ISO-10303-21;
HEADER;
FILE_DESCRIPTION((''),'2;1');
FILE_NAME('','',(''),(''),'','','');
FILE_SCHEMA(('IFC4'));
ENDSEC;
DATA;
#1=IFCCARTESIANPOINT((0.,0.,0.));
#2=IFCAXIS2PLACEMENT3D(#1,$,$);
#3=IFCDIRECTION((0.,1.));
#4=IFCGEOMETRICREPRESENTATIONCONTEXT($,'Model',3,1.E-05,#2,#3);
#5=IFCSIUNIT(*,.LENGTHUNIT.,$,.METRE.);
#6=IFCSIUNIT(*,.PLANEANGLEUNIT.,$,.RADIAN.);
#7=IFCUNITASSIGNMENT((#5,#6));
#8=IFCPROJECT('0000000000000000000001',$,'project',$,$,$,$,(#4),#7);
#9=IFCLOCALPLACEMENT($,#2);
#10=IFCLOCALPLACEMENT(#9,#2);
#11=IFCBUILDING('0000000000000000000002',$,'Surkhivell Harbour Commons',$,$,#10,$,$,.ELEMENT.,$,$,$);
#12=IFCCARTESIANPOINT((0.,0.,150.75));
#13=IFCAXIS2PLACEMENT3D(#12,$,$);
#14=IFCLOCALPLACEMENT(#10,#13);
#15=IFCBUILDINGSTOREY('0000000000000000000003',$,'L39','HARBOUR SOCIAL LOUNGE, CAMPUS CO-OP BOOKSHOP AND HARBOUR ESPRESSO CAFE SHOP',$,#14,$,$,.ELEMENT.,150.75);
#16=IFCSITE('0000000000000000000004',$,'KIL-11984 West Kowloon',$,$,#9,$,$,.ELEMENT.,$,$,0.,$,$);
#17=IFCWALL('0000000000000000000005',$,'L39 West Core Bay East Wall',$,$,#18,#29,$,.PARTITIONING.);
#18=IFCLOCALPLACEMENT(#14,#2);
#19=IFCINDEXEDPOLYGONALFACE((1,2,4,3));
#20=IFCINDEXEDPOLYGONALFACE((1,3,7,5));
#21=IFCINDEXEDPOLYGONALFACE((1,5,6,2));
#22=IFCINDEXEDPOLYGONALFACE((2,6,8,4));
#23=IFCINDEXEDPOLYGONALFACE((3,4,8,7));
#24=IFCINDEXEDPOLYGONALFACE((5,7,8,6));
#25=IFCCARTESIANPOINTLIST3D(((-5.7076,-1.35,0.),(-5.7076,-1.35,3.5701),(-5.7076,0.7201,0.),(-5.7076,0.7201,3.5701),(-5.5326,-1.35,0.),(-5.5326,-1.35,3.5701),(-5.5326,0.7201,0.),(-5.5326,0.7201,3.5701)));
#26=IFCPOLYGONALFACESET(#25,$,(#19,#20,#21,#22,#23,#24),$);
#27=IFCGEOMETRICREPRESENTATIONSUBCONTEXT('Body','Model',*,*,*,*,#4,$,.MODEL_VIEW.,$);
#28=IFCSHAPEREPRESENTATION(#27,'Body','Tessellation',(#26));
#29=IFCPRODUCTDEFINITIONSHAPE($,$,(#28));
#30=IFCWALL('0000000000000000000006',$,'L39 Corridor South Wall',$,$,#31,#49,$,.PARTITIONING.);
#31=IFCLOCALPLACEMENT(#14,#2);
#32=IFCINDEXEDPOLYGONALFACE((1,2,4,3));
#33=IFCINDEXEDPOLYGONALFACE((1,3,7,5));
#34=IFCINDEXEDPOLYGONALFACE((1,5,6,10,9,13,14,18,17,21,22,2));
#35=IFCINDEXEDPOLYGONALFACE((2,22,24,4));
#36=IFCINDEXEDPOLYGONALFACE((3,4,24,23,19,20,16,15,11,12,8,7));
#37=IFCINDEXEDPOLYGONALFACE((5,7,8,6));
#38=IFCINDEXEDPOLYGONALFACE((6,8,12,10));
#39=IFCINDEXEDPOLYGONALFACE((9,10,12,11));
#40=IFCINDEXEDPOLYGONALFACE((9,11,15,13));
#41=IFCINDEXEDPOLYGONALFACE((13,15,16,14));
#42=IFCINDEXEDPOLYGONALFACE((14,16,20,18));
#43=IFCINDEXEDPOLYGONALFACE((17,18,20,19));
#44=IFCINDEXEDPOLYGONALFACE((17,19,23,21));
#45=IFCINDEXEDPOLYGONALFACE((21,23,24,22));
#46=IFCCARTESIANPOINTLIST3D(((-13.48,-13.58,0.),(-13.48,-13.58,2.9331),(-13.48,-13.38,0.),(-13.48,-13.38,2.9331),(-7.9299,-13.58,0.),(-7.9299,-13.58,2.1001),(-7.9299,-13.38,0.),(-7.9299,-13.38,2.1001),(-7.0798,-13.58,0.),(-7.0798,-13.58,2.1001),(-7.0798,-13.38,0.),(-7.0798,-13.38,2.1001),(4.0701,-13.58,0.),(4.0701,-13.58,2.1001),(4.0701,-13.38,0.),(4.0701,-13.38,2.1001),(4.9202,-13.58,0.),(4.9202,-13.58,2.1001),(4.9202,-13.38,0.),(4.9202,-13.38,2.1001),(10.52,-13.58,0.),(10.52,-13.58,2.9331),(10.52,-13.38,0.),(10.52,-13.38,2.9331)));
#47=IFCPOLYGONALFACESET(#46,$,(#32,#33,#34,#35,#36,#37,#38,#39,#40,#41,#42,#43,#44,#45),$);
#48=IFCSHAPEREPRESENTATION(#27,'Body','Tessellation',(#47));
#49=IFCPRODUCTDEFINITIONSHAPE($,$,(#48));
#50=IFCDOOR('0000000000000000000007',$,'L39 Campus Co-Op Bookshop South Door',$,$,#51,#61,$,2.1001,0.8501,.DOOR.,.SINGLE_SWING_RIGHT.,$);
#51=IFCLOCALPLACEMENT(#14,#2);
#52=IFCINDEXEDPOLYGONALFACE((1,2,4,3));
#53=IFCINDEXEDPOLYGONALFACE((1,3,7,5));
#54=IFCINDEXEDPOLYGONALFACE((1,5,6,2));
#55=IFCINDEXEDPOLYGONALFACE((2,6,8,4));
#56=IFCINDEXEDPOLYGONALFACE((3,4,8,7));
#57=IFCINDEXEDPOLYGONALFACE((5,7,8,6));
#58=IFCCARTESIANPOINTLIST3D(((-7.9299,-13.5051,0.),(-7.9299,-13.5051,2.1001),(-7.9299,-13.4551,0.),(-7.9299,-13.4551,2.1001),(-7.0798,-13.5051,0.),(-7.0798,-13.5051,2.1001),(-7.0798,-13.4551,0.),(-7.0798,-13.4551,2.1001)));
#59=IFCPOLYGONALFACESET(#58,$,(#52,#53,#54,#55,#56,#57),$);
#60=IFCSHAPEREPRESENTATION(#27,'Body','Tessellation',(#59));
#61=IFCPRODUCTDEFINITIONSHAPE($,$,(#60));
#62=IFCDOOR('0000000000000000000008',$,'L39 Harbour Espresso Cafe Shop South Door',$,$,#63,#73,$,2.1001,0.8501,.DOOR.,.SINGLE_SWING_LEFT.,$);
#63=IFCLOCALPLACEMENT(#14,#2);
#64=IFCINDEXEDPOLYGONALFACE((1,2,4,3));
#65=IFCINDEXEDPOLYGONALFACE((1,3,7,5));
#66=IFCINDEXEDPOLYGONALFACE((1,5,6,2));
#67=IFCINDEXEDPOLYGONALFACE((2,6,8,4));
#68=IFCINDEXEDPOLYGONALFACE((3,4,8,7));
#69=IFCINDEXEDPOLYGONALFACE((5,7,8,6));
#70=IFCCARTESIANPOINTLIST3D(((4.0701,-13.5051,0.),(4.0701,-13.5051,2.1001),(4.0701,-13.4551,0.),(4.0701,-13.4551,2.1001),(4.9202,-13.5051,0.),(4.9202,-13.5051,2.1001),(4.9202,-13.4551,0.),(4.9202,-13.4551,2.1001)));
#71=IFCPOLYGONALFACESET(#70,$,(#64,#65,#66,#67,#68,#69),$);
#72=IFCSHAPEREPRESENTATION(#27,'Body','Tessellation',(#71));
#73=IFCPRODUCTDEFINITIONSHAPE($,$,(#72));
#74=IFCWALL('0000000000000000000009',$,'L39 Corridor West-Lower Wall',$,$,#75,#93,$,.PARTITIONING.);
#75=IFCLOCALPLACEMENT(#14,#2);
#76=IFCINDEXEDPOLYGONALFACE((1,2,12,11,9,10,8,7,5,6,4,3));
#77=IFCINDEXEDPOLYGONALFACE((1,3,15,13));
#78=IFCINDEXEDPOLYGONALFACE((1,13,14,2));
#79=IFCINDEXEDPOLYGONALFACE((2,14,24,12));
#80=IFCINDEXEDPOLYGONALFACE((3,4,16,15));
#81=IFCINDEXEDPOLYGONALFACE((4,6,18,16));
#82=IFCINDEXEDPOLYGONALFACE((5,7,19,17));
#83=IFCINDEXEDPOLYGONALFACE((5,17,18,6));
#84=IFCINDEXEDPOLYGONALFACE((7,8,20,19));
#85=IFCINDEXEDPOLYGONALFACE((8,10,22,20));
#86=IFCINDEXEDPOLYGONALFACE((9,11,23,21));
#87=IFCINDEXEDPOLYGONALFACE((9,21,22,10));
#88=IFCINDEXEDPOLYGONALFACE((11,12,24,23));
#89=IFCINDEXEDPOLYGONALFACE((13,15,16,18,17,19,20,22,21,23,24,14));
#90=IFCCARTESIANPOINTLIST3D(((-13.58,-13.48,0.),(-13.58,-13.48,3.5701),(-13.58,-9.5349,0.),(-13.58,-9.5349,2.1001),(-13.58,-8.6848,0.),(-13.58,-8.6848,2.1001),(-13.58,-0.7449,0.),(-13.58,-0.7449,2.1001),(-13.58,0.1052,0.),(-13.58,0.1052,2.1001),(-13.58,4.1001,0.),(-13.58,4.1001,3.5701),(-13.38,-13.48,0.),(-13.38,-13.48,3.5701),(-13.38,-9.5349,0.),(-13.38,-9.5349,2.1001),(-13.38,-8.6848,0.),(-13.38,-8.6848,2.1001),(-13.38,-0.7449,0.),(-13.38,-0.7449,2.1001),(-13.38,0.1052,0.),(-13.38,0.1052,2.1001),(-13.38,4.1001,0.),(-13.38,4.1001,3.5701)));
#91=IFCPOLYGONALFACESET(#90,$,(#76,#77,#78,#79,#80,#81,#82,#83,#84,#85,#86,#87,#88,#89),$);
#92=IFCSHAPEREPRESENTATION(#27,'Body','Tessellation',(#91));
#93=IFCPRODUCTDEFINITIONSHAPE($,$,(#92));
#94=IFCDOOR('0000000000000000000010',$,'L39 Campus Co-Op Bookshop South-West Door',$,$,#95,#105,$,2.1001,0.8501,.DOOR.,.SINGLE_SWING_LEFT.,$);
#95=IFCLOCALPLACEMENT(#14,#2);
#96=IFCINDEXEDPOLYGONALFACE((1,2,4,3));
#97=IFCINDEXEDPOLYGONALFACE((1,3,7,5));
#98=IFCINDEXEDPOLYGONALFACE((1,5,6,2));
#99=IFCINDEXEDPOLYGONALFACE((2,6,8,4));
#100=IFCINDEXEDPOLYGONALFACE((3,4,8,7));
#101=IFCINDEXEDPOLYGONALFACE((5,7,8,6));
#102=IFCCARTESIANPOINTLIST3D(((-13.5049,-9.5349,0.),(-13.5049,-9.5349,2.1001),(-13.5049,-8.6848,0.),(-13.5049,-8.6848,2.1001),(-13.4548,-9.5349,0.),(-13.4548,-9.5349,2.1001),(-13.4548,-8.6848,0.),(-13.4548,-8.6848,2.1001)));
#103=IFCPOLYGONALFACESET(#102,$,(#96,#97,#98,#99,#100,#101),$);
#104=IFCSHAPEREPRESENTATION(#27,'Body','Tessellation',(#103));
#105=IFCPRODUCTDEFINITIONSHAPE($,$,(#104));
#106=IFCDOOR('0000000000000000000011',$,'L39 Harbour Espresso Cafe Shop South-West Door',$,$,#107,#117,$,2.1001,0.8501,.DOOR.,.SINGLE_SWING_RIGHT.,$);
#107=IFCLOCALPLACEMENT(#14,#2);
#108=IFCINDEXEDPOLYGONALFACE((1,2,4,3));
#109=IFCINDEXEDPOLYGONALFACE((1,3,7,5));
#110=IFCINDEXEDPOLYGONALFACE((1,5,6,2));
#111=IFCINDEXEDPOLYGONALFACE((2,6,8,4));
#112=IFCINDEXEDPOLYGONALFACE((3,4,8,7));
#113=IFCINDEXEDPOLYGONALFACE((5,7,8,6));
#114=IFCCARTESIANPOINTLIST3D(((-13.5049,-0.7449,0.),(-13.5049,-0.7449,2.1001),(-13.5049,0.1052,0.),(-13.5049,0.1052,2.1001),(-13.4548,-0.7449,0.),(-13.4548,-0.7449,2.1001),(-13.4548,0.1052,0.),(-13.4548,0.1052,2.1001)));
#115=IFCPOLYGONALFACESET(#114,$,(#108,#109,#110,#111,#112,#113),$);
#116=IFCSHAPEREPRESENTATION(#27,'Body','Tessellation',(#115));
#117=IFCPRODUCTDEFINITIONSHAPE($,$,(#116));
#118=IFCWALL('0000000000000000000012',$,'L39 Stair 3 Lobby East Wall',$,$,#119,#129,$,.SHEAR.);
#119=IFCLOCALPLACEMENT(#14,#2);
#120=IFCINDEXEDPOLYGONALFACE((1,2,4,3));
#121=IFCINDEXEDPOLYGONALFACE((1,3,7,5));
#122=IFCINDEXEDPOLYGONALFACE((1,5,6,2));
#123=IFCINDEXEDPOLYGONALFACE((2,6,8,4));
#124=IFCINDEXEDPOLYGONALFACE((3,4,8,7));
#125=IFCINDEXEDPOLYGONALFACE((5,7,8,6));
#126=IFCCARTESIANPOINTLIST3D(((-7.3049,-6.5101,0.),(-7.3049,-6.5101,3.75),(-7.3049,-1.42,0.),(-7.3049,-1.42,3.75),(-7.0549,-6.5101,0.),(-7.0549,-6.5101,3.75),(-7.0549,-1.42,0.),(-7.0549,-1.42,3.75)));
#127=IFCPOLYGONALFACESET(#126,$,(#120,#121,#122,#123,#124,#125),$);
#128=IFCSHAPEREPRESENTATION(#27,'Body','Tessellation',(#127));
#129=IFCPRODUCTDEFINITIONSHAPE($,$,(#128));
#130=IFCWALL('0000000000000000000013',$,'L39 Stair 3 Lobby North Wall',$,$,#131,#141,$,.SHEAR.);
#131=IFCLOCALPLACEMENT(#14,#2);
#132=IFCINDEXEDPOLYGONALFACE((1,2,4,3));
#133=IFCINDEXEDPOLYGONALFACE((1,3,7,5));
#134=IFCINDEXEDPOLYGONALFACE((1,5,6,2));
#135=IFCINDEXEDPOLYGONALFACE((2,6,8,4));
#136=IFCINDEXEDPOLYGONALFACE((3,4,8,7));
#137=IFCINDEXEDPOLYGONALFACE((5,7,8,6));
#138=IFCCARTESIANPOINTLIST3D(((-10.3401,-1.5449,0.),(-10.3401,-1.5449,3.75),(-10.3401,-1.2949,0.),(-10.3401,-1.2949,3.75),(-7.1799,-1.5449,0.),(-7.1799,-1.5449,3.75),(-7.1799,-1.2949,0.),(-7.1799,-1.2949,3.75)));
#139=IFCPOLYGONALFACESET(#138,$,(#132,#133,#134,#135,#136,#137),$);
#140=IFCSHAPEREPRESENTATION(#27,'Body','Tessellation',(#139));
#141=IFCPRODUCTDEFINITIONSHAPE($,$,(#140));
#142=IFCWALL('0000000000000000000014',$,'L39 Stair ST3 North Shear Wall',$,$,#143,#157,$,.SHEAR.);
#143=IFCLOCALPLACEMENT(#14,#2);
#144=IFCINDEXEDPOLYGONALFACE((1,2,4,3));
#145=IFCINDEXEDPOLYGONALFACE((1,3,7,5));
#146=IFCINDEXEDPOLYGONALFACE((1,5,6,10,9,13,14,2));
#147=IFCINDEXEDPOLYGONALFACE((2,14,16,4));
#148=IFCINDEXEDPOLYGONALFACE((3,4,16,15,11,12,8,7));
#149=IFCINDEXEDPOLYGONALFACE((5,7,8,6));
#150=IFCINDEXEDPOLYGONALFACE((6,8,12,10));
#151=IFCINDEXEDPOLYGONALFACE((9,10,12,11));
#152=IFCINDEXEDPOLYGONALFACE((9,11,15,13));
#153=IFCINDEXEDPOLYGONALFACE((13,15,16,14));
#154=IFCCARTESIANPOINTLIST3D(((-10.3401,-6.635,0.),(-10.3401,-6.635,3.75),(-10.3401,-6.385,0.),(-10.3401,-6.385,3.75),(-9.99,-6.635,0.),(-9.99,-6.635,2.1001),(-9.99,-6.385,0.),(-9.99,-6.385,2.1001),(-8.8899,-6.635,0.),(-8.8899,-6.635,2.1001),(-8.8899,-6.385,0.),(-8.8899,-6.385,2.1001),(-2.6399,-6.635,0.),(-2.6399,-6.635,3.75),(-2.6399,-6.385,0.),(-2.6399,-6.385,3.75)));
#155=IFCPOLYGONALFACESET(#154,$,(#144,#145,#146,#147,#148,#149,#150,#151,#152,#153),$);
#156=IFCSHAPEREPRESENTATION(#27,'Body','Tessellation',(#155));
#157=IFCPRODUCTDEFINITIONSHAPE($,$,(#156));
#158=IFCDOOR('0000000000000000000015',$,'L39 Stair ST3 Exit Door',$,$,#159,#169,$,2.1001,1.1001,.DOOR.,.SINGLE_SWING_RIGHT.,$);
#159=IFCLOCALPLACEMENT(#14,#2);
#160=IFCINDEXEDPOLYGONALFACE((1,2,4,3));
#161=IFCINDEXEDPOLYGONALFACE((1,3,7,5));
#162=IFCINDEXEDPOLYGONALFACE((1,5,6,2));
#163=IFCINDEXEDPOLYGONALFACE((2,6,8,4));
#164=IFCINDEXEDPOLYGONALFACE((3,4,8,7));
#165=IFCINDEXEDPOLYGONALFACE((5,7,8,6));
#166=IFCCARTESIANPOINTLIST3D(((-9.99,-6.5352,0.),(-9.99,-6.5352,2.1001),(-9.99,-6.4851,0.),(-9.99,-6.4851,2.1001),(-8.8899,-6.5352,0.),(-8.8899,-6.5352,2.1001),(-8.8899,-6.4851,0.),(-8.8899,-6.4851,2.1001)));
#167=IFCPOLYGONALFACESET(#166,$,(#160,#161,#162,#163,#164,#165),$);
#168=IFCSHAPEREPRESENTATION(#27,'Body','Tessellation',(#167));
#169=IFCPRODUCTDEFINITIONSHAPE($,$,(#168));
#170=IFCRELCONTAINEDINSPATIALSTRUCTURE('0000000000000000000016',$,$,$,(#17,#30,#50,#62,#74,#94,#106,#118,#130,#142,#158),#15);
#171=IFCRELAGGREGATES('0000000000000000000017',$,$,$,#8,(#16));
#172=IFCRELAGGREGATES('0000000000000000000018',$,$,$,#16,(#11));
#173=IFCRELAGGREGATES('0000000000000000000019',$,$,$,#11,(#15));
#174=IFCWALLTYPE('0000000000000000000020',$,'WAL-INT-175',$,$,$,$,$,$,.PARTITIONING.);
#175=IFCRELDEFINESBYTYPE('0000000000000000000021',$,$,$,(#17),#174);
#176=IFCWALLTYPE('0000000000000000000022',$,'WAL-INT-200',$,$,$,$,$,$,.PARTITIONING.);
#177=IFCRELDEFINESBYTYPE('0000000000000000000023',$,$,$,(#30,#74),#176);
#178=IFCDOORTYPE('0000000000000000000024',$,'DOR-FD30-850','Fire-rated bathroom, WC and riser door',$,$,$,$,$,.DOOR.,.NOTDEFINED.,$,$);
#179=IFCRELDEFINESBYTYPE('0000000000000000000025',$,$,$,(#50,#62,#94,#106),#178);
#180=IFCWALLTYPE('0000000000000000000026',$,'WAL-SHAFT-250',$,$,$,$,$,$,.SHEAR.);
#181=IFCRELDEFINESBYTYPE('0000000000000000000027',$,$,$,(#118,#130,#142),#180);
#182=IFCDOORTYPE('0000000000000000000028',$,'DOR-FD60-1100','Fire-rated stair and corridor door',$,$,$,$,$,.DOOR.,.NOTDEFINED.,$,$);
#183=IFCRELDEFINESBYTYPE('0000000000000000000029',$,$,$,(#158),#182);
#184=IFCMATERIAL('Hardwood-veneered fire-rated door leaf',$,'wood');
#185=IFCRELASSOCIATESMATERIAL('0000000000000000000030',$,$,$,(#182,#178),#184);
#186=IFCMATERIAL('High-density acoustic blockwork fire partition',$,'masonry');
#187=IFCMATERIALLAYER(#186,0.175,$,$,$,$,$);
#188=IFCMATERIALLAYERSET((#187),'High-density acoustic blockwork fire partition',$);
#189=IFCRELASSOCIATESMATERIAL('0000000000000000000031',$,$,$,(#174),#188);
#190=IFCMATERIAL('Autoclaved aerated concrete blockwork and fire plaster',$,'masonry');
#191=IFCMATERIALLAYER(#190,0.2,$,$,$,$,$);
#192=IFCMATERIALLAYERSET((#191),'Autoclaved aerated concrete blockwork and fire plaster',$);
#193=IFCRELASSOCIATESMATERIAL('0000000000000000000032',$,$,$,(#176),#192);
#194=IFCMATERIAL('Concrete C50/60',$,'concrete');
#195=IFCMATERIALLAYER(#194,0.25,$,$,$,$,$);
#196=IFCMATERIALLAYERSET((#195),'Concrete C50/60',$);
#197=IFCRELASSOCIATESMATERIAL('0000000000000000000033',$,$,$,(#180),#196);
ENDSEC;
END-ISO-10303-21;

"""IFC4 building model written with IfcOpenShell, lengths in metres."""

from ifc_helpers import new_model, si_unit, direction, frame, frame_2d, origin, place, context, subcontext, project, spatial, rectangle, extrude, material, layer, layer_set, type_object, element, fill, save


model = new_model("IFC4")

# Units and contexts
model_context = context("Model", 3, precision=1e-05, world=origin(), true_north=direction((0.0, 1.0)))
body_context = subcontext(model_context, "Body", "Model", "MODEL_VIEW")
ifc_project = project(units=[si_unit("LENGTHUNIT", "METRE"), si_unit("PLANEANGLEUNIT", "RADIAN")], contexts=[model_context])

# Site, building, storey
site_placement = place(None, origin())
site = spatial("IfcSite", under=ifc_project, at=site_placement, Name="KIL-11984 West Kowloon", CompositionType="ELEMENT", RefElevation=0.0)
building_placement = place(site_placement, origin())
building = spatial("IfcBuilding", under=site, at=building_placement, Name="Surkhivell Harbour Commons", CompositionType="ELEMENT")
storey_placement = place(building_placement, frame((0.0, 0.0, 150.75)))
storey = spatial("IfcBuildingStorey", under=building, at=storey_placement, Name="L39", Description="HARBOUR SOCIAL LOUNGE, CAMPUS CO-OP BOOKSHOP AND HARBOUR ESPRESSO CAFE SHOP", CompositionType="ELEMENT", Elevation=150.75)

# Shared definitions
ifc_material_1 = material(Name="Hardwood-veneered fire-rated door leaf", Category="wood")
door_type_1 = type_object("IfcDoorType", Name="DOR-FD60-1100", Description="Fire-rated stair and corridor door", OperationType="NOTDEFINED", PredefinedType="DOOR", material=ifc_material_1)

# Shared definitions
door_type_2 = type_object("IfcDoorType", Name="DOR-FD30-850", Description="Fire-rated bathroom, WC and riser door", OperationType="NOTDEFINED", PredefinedType="DOOR", material=ifc_material_1)

# Wall
ifc_material_2 = material(Name="High-density acoustic blockwork fire partition", Category="masonry")
ifc_layer_1 = layer(ifc_material_2, 0.175)
ifc_layer_set_1 = layer_set([ifc_layer_1], Name="High-density acoustic blockwork fire partition")
wall_type_1 = type_object("IfcWallType", Name="WAL-INT-175", PredefinedType="PARTITIONING", material=ifc_layer_set_1)
wall_1_placement = place(storey_placement, frame((-5.6201, -1.3501, 0.0), z_axis=(0.0, 0.0, 1.0), x_axis=(0.0, 1.0, 0.0)))
element("IfcWall", 1, at=wall_1_placement, inside=storey, type_object=wall_type_1, Name="L39 West Core Bay East Wall", PredefinedType="PARTITIONING", context=body_context, shape_type="SweptSolid", body=[
    extrude(rectangle(XDim=2.0701, YDim=0.175, at=frame_2d((1.0352, 0.0))), origin(), (0.0, 0.0, 1.0), 3.5701),
])

# Walls, openings, doors
ifc_material_3 = material(Name="Autoclaved aerated concrete blockwork and fire plaster", Category="masonry")
ifc_layer_2 = layer(ifc_material_3, 0.2)
ifc_layer_set_2 = layer_set([ifc_layer_2], Name="Autoclaved aerated concrete blockwork and fire plaster")
wall_type_2 = type_object("IfcWallType", Name="WAL-INT-200", PredefinedType="PARTITIONING", material=ifc_layer_set_2)
wall_2_placement = place(storey_placement, frame((-13.48, -13.48, 0.0), z_axis=(0.0, 0.0, 1.0), x_axis=(1.0, 0.0, 0.0)))
wall_2 = element("IfcWall", 2, at=wall_2_placement, inside=storey, type_object=wall_type_2, Name="L39 Corridor South Wall", PredefinedType="PARTITIONING", context=body_context, shape_type="SweptSolid", body=[
    extrude(rectangle(XDim=24.0, YDim=0.2, at=frame_2d((12.0, 0.0))), origin(), (0.0, 0.0, 1.0), 2.9331),
])
opening_1_placement = place(wall_2_placement, frame((5.55, 0.0, 0.0)))
opening_1 = element("IfcOpeningElement", 3, at=opening_1_placement, cuts=wall_2, PredefinedType="OPENING", context=body_context, shape_type="SweptSolid", body=[
    extrude(rectangle(XDim=0.8501, YDim=2.1001, at=frame_2d((0.425, 1.05))), frame((0.0, 0.1099, 0.0), z_axis=(0.0, -1.0, 0.0), x_axis=(1.0, 0.0, 0.0)), (0.0, 0.0, 1.0), 0.22),
])
opening_2_placement = place(wall_2_placement, frame((17.55, 0.0, 0.0)))
opening_2 = element("IfcOpeningElement", 4, at=opening_2_placement, cuts=wall_2, PredefinedType="OPENING", context=body_context, shape_type="SweptSolid", body=[
    extrude(rectangle(XDim=0.8501, YDim=2.1001, at=frame_2d((0.425, 1.05))), frame((0.0, 0.1099, 0.0), z_axis=(0.0, -1.0, 0.0), x_axis=(1.0, 0.0, 0.0)), (0.0, 0.0, 1.0), 0.22),
])
door_1_placement = place(opening_1_placement, origin())
door_1 = element("IfcDoor", 5, at=door_1_placement, inside=storey, type_object=door_type_2, Name="L39 Campus Co-Op Bookshop South Door", OperationType="SINGLE_SWING_RIGHT", OverallHeight=2.1001, OverallWidth=0.8501, PredefinedType="DOOR", context=body_context, shape_type="SweptSolid", body=[
    extrude(rectangle(XDim=0.8501, YDim=2.1001, at=frame_2d((0.425, 1.05))), frame((0.0, 0.0249, 0.0), z_axis=(0.0, -1.0, 0.0), x_axis=(1.0, 0.0, 0.0)), (0.0, 0.0, 1.0), 0.05),
])
fill(opening_1, door_1)
door_2_placement = place(opening_2_placement, origin())
door_2 = element("IfcDoor", 6, at=door_2_placement, inside=storey, type_object=door_type_2, Name="L39 Harbour Espresso Cafe Shop South Door", OperationType="SINGLE_SWING_LEFT", OverallHeight=2.1001, OverallWidth=0.8501, PredefinedType="DOOR", context=body_context, shape_type="SweptSolid", body=[
    extrude(rectangle(XDim=0.8501, YDim=2.1001, at=frame_2d((0.425, 1.05))), frame((0.0, 0.0249, 0.0), z_axis=(0.0, -1.0, 0.0), x_axis=(1.0, 0.0, 0.0)), (0.0, 0.0, 1.0), 0.05),
])
fill(opening_2, door_2)
wall_3_placement = place(storey_placement, frame((-13.48, -13.48, 0.0), z_axis=(0.0, 0.0, 1.0), x_axis=(0.0, 1.0, 0.0)))
wall_3 = element("IfcWall", 7, at=wall_3_placement, inside=storey, type_object=wall_type_2, Name="L39 Corridor West-Lower Wall", PredefinedType="PARTITIONING", context=body_context, shape_type="SweptSolid", body=[
    extrude(rectangle(XDim=17.5801, YDim=0.2, at=frame_2d((8.79, 0.0))), origin(), (0.0, 0.0, 1.0), 3.5701),
])
opening_3_placement = place(wall_3_placement, frame((3.9451, 0.0, 0.0)))
opening_3 = element("IfcOpeningElement", 8, at=opening_3_placement, cuts=wall_3, PredefinedType="OPENING", context=body_context, shape_type="SweptSolid", body=[
    extrude(rectangle(XDim=0.8501, YDim=2.1001, at=frame_2d((0.425, 1.05))), frame((0.0, 0.1099, 0.0), z_axis=(0.0, -1.0, 0.0), x_axis=(1.0, 0.0, 0.0)), (0.0, 0.0, 1.0), 0.22),
])
opening_4_placement = place(wall_3_placement, frame((12.7351, 0.0, 0.0)))
opening_4 = element("IfcOpeningElement", 9, at=opening_4_placement, cuts=wall_3, PredefinedType="OPENING", context=body_context, shape_type="SweptSolid", body=[
    extrude(rectangle(XDim=0.8501, YDim=2.1001, at=frame_2d((0.425, 1.05))), frame((0.0, 0.1099, 0.0), z_axis=(0.0, -1.0, 0.0), x_axis=(1.0, 0.0, 0.0)), (0.0, 0.0, 1.0), 0.22),
])
door_3_placement = place(opening_3_placement, origin())
door_3 = element("IfcDoor", 10, at=door_3_placement, inside=storey, type_object=door_type_2, Name="L39 Campus Co-Op Bookshop South-West Door", OperationType="SINGLE_SWING_LEFT", OverallHeight=2.1001, OverallWidth=0.8501, PredefinedType="DOOR", context=body_context, shape_type="SweptSolid", body=[
    extrude(rectangle(XDim=0.8501, YDim=2.1001, at=frame_2d((0.425, 1.05))), frame((0.0, 0.0249, 0.0), z_axis=(0.0, -1.0, 0.0), x_axis=(1.0, 0.0, 0.0)), (0.0, 0.0, 1.0), 0.05),
])
fill(opening_3, door_3)
door_4_placement = place(opening_4_placement, origin())
door_4 = element("IfcDoor", 11, at=door_4_placement, inside=storey, type_object=door_type_2, Name="L39 Harbour Espresso Cafe Shop South-West Door", OperationType="SINGLE_SWING_RIGHT", OverallHeight=2.1001, OverallWidth=0.8501, PredefinedType="DOOR", context=body_context, shape_type="SweptSolid", body=[
    extrude(rectangle(XDim=0.8501, YDim=2.1001, at=frame_2d((0.425, 1.05))), frame((0.0, 0.0249, 0.0), z_axis=(0.0, -1.0, 0.0), x_axis=(1.0, 0.0, 0.0)), (0.0, 0.0, 1.0), 0.05),
])
fill(opening_4, door_4)

# Walls
ifc_material_4 = material(Name="Concrete C50/60", Category="concrete")
ifc_layer_3 = layer(ifc_material_4, 0.25)
ifc_layer_set_3 = layer_set([ifc_layer_3], Name="Concrete C50/60")
wall_type_3 = type_object("IfcWallType", Name="WAL-SHAFT-250", PredefinedType="SHEAR", material=ifc_layer_set_3)
wall_4_placement = place(storey_placement, frame((-7.1799, -6.51, 0.0), z_axis=(0.0, 0.0, 1.0), x_axis=(0.0, 1.0, 0.0)))
element("IfcWall", 12, at=wall_4_placement, inside=storey, type_object=wall_type_3, Name="L39 Stair 3 Lobby East Wall", PredefinedType="SHEAR", context=body_context, shape_type="SweptSolid", body=[
    extrude(rectangle(XDim=5.0901, YDim=0.25, at=frame_2d((2.5449, 0.0))), origin(), (0.0, 0.0, 1.0), 3.75),
])
wall_5_placement = place(storey_placement, frame((-10.3401, -1.4199, 0.0), z_axis=(0.0, 0.0, 1.0), x_axis=(1.0, 0.0, 0.0)))
element("IfcWall", 13, at=wall_5_placement, inside=storey, type_object=wall_type_3, Name="L39 Stair 3 Lobby North Wall", PredefinedType="SHEAR", context=body_context, shape_type="SweptSolid", body=[
    extrude(rectangle(XDim=3.1602, YDim=0.25, at=frame_2d((1.5801, 0.0))), origin(), (0.0, 0.0, 1.0), 3.75),
])

# Wall, opening, door
wall_6_placement = place(storey_placement, frame((-10.3401, -6.51, 0.0), z_axis=(0.0, 0.0, 1.0), x_axis=(1.0, 0.0, 0.0)))
wall_6 = element("IfcWall", 14, at=wall_6_placement, inside=storey, type_object=wall_type_3, Name="L39 Stair ST3 North Shear Wall", PredefinedType="SHEAR", context=body_context, shape_type="SweptSolid", body=[
    extrude(rectangle(XDim=7.7002, YDim=0.25, at=frame_2d((3.8501, 0.0))), origin(), (0.0, 0.0, 1.0), 3.75),
])
opening_5_placement = place(wall_6_placement, frame((0.3501, 0.0, 0.0)))
opening_5 = element("IfcOpeningElement", 15, at=opening_5_placement, cuts=wall_6, PredefinedType="OPENING", context=body_context, shape_type="SweptSolid", body=[
    extrude(rectangle(XDim=1.1001, YDim=2.1001, at=frame_2d((0.55, 1.05))), frame((0.0, 0.135, 0.0), z_axis=(0.0, -1.0, 0.0), x_axis=(1.0, 0.0, 0.0)), (0.0, 0.0, 1.0), 0.27),
])
door_5_placement = place(opening_5_placement, origin())
door_5 = element("IfcDoor", 16, at=door_5_placement, inside=storey, type_object=door_type_1, Name="L39 Stair ST3 Exit Door", OperationType="SINGLE_SWING_RIGHT", OverallHeight=2.1001, OverallWidth=1.1001, PredefinedType="DOOR", context=body_context, shape_type="SweptSolid", body=[
    extrude(rectangle(XDim=1.1001, YDim=2.1001, at=frame_2d((0.55, 1.05))), frame((0.0, 0.0249, 0.0), z_axis=(0.0, -1.0, 0.0), x_axis=(1.0, 0.0, 0.0)), (0.0, 0.0, 1.0), 0.05),
])
fill(opening_5, door_5)

save(model, "model.ifc")
